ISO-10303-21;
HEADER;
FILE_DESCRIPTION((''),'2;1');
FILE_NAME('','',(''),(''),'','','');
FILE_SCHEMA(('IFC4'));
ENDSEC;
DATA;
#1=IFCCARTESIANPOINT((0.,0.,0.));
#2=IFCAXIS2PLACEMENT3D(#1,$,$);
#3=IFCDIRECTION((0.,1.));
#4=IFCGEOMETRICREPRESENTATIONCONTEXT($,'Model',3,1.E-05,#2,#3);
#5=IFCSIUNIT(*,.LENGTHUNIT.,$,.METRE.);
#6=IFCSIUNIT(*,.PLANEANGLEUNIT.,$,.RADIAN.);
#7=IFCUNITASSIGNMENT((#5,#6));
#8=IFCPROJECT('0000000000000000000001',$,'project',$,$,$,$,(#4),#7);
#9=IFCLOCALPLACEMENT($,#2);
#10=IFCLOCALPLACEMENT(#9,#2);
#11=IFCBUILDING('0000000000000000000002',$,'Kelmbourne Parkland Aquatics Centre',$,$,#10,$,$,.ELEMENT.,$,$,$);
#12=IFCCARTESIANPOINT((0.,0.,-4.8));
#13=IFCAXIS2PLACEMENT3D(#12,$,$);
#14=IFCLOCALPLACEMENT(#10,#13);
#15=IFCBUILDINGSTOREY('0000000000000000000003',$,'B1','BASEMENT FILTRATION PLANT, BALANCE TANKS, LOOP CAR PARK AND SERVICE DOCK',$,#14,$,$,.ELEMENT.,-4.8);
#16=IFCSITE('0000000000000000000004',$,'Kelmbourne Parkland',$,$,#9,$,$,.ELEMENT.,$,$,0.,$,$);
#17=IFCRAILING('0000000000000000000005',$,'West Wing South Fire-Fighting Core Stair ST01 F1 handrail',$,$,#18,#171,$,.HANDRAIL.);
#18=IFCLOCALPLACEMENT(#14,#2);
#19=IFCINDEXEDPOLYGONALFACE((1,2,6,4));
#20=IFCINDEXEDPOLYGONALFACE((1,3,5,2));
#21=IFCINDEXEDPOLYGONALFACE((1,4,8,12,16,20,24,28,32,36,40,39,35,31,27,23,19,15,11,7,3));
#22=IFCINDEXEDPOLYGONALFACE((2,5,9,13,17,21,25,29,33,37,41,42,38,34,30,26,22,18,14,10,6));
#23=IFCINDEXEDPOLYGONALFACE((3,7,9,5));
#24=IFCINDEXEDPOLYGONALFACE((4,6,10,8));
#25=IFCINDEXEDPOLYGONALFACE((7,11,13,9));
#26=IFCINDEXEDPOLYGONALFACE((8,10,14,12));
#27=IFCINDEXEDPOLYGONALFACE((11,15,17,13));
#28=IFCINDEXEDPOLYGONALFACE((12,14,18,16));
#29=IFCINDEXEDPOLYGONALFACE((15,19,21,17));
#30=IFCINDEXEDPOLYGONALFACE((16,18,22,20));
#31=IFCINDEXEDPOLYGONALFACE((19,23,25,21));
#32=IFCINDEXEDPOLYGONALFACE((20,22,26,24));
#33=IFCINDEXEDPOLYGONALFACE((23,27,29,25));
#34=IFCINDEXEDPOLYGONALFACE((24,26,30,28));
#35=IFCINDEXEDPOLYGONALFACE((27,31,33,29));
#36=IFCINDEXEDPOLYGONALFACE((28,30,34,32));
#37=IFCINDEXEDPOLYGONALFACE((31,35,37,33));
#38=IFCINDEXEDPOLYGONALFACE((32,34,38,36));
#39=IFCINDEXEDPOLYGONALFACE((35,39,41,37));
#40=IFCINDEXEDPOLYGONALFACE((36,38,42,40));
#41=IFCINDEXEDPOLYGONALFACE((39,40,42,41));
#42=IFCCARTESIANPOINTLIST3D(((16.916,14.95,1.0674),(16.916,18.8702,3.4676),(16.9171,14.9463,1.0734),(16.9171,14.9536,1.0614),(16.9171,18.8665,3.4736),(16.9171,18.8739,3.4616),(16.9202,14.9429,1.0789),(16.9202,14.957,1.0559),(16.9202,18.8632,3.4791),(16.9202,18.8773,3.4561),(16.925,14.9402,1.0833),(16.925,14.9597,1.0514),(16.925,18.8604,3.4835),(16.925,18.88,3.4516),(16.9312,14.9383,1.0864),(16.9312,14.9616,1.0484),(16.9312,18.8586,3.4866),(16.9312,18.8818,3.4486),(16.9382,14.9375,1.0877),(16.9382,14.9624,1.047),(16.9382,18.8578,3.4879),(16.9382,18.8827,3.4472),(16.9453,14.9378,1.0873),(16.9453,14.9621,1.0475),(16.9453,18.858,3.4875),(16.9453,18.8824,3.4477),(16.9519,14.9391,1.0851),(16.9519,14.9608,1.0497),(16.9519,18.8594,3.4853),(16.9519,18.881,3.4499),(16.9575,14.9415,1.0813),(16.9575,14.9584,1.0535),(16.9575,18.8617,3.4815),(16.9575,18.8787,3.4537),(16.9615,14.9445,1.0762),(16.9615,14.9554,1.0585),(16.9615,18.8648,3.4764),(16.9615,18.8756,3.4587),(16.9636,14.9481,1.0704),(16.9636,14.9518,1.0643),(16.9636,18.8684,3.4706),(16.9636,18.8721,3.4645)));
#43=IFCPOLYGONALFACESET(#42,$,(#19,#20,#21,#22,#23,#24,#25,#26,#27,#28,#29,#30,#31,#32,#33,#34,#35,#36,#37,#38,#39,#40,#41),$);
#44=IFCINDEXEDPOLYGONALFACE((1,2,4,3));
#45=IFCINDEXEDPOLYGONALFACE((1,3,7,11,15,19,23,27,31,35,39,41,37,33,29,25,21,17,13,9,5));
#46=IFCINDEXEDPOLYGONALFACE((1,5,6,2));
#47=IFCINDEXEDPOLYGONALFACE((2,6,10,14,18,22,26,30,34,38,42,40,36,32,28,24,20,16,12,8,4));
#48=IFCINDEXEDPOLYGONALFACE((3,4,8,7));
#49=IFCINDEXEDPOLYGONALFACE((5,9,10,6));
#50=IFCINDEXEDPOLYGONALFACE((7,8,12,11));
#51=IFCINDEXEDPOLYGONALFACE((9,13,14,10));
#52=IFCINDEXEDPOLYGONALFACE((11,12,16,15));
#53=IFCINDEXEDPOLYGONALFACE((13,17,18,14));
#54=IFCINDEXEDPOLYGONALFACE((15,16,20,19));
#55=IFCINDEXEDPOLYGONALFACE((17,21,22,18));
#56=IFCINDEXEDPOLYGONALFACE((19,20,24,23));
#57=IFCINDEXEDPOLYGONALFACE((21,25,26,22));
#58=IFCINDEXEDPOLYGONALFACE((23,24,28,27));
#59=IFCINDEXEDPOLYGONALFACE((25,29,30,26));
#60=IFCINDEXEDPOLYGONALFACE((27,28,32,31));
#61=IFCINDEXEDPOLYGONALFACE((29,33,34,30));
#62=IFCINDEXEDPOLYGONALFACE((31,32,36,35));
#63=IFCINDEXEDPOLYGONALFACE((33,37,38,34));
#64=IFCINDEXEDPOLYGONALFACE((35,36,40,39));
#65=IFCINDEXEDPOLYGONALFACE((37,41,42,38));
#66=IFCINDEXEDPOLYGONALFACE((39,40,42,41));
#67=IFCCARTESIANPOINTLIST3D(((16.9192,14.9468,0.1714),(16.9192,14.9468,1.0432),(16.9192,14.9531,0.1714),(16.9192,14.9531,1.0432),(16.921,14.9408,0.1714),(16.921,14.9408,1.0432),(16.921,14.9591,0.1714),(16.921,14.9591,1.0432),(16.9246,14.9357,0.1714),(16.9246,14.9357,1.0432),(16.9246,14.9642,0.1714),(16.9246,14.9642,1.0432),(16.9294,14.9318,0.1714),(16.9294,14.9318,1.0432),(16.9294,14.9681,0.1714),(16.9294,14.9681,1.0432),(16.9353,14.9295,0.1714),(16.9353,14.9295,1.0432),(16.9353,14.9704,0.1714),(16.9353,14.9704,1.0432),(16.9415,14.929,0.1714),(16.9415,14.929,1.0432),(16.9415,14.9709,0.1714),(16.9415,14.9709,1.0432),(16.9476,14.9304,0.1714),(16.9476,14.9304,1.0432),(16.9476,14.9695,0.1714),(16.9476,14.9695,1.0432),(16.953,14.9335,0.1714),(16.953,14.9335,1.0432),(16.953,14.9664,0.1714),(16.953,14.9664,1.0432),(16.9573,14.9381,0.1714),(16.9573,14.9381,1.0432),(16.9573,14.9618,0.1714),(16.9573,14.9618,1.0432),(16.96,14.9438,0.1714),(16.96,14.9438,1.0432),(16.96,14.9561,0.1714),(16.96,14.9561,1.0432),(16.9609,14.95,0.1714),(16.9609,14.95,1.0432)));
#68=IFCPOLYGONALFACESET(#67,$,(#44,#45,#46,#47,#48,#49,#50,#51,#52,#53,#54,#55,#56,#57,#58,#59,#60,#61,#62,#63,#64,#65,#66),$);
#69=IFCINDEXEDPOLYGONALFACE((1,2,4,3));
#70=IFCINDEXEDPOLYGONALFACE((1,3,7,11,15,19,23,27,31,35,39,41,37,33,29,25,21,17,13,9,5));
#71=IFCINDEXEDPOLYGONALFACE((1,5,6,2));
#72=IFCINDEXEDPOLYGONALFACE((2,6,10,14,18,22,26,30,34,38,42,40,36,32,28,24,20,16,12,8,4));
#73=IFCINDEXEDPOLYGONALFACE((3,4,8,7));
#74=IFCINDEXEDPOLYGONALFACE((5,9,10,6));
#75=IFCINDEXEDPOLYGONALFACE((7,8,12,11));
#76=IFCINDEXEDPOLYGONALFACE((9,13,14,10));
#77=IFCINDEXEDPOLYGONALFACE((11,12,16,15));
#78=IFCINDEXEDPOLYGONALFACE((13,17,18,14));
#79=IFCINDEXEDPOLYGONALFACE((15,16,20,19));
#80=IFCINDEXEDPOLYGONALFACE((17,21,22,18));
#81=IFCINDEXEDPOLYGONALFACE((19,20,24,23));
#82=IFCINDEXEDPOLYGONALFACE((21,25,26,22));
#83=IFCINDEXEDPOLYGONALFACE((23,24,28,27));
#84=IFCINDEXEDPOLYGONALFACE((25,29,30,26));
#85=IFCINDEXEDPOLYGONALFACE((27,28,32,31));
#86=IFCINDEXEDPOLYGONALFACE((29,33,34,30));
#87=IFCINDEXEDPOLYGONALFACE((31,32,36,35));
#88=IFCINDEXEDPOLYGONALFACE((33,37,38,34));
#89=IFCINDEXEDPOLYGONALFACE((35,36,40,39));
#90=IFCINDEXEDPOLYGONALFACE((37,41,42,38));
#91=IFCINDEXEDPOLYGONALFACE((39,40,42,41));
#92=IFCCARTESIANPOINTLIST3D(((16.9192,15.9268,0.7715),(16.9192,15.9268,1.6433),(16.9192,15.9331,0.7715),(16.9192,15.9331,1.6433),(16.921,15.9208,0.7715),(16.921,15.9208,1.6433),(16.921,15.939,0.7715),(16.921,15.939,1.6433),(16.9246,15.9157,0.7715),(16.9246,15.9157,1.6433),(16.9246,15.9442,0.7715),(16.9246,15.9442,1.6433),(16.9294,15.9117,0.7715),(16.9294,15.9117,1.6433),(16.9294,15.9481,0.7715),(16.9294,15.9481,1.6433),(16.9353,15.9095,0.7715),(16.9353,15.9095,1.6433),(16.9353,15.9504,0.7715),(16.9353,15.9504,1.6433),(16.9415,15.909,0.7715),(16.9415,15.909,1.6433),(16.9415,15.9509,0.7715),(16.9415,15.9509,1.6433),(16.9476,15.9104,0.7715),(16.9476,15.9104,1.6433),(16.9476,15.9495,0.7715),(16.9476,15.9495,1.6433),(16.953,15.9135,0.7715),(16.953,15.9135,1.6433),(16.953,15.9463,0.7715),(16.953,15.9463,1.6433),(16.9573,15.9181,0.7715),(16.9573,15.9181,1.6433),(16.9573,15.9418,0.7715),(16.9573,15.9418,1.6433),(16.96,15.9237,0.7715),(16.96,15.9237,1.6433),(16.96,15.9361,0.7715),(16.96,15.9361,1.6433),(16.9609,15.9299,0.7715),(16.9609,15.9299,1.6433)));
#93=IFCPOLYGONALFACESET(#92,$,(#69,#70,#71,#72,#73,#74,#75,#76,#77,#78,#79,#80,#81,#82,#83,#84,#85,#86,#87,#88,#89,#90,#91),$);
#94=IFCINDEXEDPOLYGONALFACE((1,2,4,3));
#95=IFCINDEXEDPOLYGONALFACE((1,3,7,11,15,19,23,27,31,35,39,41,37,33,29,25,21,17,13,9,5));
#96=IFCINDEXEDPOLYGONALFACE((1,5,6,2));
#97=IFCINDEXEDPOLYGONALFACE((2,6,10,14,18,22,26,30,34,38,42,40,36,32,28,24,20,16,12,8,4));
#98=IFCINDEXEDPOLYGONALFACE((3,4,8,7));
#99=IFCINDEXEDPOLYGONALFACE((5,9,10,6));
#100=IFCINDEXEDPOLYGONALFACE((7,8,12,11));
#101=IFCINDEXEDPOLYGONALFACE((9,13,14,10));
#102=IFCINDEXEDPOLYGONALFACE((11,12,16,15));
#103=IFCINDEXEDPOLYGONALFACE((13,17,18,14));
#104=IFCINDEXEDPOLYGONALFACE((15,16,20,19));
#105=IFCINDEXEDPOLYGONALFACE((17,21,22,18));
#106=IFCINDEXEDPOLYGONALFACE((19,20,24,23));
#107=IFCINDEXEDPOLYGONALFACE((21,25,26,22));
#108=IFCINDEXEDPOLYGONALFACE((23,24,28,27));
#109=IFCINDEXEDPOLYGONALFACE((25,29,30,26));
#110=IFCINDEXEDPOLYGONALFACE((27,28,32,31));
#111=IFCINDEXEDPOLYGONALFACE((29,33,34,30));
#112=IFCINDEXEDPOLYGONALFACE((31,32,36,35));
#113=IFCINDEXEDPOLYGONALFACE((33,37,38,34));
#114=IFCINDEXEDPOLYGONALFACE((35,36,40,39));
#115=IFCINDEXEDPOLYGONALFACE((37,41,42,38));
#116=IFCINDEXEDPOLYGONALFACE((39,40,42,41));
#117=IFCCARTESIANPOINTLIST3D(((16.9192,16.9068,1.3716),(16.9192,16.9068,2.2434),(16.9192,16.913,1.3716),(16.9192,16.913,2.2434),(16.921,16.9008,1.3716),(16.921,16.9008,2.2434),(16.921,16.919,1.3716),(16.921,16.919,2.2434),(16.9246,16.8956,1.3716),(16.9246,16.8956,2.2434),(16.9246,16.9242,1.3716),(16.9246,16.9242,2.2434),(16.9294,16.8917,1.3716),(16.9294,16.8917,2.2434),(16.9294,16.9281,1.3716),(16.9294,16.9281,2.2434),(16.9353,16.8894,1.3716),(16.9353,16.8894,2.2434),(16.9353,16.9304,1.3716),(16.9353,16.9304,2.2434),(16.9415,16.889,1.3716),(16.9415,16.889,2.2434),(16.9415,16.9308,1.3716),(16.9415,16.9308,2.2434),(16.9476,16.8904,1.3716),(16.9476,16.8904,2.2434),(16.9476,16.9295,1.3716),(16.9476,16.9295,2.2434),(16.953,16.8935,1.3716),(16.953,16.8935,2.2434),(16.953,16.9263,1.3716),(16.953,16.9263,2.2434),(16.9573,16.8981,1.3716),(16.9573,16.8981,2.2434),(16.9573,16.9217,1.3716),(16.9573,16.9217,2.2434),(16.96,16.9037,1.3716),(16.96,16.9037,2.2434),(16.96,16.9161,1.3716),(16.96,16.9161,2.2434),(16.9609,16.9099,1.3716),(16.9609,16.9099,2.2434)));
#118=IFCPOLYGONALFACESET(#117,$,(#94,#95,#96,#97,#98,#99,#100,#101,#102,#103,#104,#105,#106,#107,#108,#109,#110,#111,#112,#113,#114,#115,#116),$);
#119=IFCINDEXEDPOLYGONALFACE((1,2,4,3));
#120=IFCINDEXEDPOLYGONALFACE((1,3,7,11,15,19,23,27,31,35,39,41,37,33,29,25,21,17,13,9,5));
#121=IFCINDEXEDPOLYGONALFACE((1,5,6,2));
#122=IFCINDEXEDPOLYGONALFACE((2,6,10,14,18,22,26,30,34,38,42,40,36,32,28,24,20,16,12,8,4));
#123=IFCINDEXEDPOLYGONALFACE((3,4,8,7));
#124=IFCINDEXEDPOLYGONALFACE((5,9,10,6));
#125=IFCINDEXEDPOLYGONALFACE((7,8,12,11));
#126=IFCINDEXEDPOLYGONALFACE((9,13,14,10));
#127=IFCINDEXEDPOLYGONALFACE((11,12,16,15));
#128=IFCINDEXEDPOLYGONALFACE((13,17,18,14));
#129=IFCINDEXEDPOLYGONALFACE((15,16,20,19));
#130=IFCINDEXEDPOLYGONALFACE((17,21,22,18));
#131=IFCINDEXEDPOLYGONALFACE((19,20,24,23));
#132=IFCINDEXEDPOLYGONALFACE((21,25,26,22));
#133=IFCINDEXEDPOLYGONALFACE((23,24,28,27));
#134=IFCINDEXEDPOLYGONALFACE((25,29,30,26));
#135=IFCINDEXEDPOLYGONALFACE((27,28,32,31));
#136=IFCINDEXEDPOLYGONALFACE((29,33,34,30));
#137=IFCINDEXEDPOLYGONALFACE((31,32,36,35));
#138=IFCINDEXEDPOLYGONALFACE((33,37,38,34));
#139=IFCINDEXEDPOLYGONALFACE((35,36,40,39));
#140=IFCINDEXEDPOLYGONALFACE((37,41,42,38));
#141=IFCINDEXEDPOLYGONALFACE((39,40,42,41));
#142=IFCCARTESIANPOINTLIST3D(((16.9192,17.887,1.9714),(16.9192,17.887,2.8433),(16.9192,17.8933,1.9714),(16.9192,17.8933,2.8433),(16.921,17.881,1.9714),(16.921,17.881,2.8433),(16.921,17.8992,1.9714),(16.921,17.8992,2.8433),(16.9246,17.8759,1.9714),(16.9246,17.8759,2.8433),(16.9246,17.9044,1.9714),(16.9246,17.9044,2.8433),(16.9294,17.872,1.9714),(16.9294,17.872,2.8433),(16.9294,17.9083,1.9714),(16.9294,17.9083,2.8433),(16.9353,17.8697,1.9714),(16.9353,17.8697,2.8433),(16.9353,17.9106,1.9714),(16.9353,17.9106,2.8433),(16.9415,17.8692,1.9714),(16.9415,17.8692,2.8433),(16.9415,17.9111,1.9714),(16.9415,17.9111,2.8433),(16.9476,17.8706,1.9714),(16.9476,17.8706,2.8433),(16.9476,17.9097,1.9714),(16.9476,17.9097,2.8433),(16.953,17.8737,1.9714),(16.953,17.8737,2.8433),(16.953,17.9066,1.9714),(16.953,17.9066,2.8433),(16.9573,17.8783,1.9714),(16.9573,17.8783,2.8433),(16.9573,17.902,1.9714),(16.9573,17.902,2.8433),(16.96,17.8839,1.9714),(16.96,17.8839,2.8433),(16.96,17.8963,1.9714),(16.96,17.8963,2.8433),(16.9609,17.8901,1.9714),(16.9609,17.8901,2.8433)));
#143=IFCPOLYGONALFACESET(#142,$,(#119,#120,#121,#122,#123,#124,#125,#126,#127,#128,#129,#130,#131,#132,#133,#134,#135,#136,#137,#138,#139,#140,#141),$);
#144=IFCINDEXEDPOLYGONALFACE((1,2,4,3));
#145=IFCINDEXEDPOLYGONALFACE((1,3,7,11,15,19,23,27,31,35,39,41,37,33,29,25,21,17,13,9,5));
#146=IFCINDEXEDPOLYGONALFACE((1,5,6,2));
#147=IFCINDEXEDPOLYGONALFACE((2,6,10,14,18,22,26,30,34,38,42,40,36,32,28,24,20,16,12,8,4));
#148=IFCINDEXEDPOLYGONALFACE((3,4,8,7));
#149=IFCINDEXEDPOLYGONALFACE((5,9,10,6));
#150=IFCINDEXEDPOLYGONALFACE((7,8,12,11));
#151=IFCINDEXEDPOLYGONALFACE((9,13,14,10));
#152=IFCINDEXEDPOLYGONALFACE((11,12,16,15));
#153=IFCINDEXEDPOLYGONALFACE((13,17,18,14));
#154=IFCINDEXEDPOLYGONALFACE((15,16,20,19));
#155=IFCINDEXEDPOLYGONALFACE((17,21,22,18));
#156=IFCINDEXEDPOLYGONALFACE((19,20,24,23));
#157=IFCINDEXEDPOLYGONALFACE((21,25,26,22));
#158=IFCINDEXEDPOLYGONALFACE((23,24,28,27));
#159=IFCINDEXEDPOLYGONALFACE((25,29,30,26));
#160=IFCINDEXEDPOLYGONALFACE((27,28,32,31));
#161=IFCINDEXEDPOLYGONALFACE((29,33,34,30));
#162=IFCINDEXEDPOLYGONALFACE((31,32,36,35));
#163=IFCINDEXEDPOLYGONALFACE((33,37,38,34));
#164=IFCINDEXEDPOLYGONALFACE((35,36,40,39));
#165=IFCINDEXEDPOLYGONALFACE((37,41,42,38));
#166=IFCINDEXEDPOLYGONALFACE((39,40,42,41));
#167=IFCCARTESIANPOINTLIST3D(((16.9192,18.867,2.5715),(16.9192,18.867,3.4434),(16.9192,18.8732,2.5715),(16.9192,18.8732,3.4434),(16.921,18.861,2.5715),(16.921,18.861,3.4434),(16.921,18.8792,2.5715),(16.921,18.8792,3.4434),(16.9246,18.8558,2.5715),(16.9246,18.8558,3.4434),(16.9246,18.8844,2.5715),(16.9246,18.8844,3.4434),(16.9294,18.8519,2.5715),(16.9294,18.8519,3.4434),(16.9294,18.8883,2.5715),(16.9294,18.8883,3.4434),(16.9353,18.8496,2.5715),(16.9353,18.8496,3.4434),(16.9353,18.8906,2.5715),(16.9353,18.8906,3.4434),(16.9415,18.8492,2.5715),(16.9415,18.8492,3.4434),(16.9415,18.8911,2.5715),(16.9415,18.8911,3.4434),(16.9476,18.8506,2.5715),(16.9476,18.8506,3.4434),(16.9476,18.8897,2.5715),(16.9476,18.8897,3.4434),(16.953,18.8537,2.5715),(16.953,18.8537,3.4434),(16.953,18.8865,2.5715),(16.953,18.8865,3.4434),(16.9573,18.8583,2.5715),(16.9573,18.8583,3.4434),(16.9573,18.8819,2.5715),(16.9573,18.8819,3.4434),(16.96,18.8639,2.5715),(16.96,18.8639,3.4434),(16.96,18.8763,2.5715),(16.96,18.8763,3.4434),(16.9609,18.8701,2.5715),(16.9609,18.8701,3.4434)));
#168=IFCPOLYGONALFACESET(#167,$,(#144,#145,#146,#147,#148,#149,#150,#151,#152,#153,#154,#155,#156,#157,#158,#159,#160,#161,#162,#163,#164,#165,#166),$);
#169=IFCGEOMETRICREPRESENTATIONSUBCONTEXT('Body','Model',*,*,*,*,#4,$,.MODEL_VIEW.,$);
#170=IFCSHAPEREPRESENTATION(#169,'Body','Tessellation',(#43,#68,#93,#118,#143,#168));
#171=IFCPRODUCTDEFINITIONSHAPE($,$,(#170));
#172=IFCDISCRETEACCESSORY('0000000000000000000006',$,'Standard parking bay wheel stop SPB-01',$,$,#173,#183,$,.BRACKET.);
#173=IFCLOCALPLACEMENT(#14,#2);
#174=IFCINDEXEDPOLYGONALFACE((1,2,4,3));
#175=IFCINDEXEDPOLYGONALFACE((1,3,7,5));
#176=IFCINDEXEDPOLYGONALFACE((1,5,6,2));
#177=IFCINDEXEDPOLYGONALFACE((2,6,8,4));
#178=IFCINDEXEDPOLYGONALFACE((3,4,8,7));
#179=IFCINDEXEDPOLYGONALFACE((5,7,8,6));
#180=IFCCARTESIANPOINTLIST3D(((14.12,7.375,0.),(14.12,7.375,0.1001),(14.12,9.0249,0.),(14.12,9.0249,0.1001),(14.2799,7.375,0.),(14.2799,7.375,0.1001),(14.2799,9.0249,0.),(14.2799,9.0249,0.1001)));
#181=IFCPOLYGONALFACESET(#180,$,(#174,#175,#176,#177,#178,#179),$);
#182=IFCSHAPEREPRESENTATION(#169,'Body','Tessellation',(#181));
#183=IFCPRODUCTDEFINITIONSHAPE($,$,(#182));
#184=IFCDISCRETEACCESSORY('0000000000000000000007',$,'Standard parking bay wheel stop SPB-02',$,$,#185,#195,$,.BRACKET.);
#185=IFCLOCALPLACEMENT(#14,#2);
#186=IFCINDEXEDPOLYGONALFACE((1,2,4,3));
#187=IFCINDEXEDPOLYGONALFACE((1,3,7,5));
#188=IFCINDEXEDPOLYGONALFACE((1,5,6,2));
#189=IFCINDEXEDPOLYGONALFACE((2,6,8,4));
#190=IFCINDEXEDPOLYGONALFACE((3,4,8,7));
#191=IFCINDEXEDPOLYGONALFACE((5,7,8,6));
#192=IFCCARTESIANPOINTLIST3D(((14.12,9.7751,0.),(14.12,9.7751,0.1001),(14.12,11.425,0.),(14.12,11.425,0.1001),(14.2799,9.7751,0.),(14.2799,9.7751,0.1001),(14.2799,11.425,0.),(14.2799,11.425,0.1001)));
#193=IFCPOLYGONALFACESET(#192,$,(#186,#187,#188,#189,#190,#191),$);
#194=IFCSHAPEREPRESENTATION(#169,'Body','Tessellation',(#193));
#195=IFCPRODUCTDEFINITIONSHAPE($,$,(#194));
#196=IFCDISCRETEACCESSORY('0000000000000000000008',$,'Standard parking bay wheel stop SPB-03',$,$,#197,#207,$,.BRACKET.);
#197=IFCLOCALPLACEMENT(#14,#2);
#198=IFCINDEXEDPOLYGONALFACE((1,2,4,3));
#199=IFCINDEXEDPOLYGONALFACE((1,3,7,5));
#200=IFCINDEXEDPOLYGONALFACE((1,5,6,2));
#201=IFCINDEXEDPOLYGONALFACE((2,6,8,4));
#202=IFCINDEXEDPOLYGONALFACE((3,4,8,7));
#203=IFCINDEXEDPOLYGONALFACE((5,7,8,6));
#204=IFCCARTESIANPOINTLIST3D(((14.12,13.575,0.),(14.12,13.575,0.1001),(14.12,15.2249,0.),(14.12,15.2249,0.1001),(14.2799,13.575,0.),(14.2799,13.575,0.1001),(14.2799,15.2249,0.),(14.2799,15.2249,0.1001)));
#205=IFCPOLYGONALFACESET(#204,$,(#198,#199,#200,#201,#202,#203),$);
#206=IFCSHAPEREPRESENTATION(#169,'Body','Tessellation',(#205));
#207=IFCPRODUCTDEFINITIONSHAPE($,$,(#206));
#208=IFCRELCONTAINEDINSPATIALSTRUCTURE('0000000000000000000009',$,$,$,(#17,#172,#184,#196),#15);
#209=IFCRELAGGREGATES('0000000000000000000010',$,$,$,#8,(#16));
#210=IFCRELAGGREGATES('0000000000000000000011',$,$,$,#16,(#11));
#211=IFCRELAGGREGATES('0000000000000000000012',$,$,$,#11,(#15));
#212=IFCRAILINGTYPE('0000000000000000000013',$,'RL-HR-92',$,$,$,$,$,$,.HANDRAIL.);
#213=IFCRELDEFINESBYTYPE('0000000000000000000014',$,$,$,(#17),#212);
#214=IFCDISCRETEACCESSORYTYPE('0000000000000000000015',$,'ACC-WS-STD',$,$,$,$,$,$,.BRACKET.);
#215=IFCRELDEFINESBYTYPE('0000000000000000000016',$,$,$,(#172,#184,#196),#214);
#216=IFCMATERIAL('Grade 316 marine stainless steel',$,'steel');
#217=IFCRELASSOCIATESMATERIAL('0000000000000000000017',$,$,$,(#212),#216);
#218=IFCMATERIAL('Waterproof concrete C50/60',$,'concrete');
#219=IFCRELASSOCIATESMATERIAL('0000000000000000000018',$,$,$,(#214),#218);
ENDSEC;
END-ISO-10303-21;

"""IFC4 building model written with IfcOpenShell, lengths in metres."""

from ifc_helpers import new_model, si_unit, direction, frame, origin, origin_2d, place, context, subcontext, project, spatial, rectangle, circle, extrude, material, type_object, element, save


model = new_model("IFC4")

# Units and contexts
model_context = context("Model", 3, precision=1e-05, world=origin(), true_north=direction((0.0, 1.0)))
body_context = subcontext(model_context, "Body", "Model", "MODEL_VIEW")
ifc_project = project(units=[si_unit("LENGTHUNIT", "METRE"), si_unit("PLANEANGLEUNIT", "RADIAN")], contexts=[model_context])

# Site, building, storey
site_placement = place(None, origin())
site = spatial("IfcSite", under=ifc_project, at=site_placement, Name="Kelmbourne Parkland", CompositionType="ELEMENT", RefElevation=0.0)
building_placement = place(site_placement, origin())
building = spatial("IfcBuilding", under=site, at=building_placement, Name="Kelmbourne Parkland Aquatics Centre", CompositionType="ELEMENT")
storey_placement = place(building_placement, frame((0.0, 0.0, -4.8)))
storey = spatial("IfcBuildingStorey", under=building, at=storey_placement, Name="B1", Description="BASEMENT FILTRATION PLANT, BALANCE TANKS, LOOP CAR PARK AND SERVICE DOCK", CompositionType="ELEMENT", Elevation=-4.8)

# Shared definitions
ifc_material_1 = material(Name="Waterproof concrete C50/60", Category="concrete")

# Railing
ifc_material_2 = material(Name="Grade 316 marine stainless steel", Category="steel")
railing_type = type_object("IfcRailingType", Name="RL-HR-92", PredefinedType="HANDRAIL", material=ifc_material_2)
railing_placement = place(storey_placement, frame((16.9399, 14.95, 0.1714)))
element("IfcRailing", 1, at=railing_placement, inside=storey, type_object=railing_type, Name="West Wing South Fire-Fighting Core Stair ST01 F1 handrail", PredefinedType="HANDRAIL", context=body_context, shape_type="SweptSolid", body=[
    extrude(circle(Radius=0.0239, at=origin_2d()), frame((0.0, 0.0, 0.896), z_axis=(0.0, 0.852847, 0.522161), x_axis=(-1.0, 0.0, 0.0)), (0.0, 0.0, 1.0), 4.5967),
    extrude(circle(Radius=0.021, at=origin_2d()), origin(), (0.0, 0.0, 1.0), 0.8718),
    extrude(circle(Radius=0.021, at=origin_2d()), frame((0.0, 0.98, 0.6001)), (0.0, 0.0, 1.0), 0.8718),
    extrude(circle(Radius=0.021, at=origin_2d()), frame((0.0, 1.96, 1.2002)), (0.0, 0.0, 1.0), 0.8718),
    extrude(circle(Radius=0.021, at=origin_2d()), frame((0.0, 2.9402, 1.8)), (0.0, 0.0, 1.0), 0.8718),
    extrude(circle(Radius=0.021, at=origin_2d()), frame((0.0, 3.9202, 2.4001)), (0.0, 0.0, 1.0), 0.8718),
])

# Discrete accessories
discrete_accessory_type = type_object("IfcDiscreteAccessoryType", Name="ACC-WS-STD", PredefinedType="BRACKET", material=ifc_material_1)
for number, where, z_axis, x_axis, name in (
    (2, (14.2, 8.2, 0.0), (0.0, 0.0, 1.0), (1.0, 0.0, 0.0), "Standard parking bay wheel stop SPB-01"),
    (3, (14.2, 10.6001, 0.0), (0.0, 0.0, 1.0), (1.0, 0.0, 0.0), "Standard parking bay wheel stop SPB-02"),
    (4, (14.2, 14.3999, 0.0), (0.0, 0.0, 1.0), (1.0, 0.0, 0.0), "Standard parking bay wheel stop SPB-03"),
):
    element("IfcDiscreteAccessory", number, at=place(storey_placement, frame(where, z_axis=z_axis, x_axis=x_axis)), inside=storey, type_object=discrete_accessory_type, Name=name, PredefinedType="BRACKET", context=body_context, shape_type="SweptSolid", body=[
        extrude(rectangle(XDim=0.1599, YDim=1.6499, at=origin_2d()), origin(), (0.0, 0.0, 1.0), 0.1001),
    ])

save(model, "model.ifc")
